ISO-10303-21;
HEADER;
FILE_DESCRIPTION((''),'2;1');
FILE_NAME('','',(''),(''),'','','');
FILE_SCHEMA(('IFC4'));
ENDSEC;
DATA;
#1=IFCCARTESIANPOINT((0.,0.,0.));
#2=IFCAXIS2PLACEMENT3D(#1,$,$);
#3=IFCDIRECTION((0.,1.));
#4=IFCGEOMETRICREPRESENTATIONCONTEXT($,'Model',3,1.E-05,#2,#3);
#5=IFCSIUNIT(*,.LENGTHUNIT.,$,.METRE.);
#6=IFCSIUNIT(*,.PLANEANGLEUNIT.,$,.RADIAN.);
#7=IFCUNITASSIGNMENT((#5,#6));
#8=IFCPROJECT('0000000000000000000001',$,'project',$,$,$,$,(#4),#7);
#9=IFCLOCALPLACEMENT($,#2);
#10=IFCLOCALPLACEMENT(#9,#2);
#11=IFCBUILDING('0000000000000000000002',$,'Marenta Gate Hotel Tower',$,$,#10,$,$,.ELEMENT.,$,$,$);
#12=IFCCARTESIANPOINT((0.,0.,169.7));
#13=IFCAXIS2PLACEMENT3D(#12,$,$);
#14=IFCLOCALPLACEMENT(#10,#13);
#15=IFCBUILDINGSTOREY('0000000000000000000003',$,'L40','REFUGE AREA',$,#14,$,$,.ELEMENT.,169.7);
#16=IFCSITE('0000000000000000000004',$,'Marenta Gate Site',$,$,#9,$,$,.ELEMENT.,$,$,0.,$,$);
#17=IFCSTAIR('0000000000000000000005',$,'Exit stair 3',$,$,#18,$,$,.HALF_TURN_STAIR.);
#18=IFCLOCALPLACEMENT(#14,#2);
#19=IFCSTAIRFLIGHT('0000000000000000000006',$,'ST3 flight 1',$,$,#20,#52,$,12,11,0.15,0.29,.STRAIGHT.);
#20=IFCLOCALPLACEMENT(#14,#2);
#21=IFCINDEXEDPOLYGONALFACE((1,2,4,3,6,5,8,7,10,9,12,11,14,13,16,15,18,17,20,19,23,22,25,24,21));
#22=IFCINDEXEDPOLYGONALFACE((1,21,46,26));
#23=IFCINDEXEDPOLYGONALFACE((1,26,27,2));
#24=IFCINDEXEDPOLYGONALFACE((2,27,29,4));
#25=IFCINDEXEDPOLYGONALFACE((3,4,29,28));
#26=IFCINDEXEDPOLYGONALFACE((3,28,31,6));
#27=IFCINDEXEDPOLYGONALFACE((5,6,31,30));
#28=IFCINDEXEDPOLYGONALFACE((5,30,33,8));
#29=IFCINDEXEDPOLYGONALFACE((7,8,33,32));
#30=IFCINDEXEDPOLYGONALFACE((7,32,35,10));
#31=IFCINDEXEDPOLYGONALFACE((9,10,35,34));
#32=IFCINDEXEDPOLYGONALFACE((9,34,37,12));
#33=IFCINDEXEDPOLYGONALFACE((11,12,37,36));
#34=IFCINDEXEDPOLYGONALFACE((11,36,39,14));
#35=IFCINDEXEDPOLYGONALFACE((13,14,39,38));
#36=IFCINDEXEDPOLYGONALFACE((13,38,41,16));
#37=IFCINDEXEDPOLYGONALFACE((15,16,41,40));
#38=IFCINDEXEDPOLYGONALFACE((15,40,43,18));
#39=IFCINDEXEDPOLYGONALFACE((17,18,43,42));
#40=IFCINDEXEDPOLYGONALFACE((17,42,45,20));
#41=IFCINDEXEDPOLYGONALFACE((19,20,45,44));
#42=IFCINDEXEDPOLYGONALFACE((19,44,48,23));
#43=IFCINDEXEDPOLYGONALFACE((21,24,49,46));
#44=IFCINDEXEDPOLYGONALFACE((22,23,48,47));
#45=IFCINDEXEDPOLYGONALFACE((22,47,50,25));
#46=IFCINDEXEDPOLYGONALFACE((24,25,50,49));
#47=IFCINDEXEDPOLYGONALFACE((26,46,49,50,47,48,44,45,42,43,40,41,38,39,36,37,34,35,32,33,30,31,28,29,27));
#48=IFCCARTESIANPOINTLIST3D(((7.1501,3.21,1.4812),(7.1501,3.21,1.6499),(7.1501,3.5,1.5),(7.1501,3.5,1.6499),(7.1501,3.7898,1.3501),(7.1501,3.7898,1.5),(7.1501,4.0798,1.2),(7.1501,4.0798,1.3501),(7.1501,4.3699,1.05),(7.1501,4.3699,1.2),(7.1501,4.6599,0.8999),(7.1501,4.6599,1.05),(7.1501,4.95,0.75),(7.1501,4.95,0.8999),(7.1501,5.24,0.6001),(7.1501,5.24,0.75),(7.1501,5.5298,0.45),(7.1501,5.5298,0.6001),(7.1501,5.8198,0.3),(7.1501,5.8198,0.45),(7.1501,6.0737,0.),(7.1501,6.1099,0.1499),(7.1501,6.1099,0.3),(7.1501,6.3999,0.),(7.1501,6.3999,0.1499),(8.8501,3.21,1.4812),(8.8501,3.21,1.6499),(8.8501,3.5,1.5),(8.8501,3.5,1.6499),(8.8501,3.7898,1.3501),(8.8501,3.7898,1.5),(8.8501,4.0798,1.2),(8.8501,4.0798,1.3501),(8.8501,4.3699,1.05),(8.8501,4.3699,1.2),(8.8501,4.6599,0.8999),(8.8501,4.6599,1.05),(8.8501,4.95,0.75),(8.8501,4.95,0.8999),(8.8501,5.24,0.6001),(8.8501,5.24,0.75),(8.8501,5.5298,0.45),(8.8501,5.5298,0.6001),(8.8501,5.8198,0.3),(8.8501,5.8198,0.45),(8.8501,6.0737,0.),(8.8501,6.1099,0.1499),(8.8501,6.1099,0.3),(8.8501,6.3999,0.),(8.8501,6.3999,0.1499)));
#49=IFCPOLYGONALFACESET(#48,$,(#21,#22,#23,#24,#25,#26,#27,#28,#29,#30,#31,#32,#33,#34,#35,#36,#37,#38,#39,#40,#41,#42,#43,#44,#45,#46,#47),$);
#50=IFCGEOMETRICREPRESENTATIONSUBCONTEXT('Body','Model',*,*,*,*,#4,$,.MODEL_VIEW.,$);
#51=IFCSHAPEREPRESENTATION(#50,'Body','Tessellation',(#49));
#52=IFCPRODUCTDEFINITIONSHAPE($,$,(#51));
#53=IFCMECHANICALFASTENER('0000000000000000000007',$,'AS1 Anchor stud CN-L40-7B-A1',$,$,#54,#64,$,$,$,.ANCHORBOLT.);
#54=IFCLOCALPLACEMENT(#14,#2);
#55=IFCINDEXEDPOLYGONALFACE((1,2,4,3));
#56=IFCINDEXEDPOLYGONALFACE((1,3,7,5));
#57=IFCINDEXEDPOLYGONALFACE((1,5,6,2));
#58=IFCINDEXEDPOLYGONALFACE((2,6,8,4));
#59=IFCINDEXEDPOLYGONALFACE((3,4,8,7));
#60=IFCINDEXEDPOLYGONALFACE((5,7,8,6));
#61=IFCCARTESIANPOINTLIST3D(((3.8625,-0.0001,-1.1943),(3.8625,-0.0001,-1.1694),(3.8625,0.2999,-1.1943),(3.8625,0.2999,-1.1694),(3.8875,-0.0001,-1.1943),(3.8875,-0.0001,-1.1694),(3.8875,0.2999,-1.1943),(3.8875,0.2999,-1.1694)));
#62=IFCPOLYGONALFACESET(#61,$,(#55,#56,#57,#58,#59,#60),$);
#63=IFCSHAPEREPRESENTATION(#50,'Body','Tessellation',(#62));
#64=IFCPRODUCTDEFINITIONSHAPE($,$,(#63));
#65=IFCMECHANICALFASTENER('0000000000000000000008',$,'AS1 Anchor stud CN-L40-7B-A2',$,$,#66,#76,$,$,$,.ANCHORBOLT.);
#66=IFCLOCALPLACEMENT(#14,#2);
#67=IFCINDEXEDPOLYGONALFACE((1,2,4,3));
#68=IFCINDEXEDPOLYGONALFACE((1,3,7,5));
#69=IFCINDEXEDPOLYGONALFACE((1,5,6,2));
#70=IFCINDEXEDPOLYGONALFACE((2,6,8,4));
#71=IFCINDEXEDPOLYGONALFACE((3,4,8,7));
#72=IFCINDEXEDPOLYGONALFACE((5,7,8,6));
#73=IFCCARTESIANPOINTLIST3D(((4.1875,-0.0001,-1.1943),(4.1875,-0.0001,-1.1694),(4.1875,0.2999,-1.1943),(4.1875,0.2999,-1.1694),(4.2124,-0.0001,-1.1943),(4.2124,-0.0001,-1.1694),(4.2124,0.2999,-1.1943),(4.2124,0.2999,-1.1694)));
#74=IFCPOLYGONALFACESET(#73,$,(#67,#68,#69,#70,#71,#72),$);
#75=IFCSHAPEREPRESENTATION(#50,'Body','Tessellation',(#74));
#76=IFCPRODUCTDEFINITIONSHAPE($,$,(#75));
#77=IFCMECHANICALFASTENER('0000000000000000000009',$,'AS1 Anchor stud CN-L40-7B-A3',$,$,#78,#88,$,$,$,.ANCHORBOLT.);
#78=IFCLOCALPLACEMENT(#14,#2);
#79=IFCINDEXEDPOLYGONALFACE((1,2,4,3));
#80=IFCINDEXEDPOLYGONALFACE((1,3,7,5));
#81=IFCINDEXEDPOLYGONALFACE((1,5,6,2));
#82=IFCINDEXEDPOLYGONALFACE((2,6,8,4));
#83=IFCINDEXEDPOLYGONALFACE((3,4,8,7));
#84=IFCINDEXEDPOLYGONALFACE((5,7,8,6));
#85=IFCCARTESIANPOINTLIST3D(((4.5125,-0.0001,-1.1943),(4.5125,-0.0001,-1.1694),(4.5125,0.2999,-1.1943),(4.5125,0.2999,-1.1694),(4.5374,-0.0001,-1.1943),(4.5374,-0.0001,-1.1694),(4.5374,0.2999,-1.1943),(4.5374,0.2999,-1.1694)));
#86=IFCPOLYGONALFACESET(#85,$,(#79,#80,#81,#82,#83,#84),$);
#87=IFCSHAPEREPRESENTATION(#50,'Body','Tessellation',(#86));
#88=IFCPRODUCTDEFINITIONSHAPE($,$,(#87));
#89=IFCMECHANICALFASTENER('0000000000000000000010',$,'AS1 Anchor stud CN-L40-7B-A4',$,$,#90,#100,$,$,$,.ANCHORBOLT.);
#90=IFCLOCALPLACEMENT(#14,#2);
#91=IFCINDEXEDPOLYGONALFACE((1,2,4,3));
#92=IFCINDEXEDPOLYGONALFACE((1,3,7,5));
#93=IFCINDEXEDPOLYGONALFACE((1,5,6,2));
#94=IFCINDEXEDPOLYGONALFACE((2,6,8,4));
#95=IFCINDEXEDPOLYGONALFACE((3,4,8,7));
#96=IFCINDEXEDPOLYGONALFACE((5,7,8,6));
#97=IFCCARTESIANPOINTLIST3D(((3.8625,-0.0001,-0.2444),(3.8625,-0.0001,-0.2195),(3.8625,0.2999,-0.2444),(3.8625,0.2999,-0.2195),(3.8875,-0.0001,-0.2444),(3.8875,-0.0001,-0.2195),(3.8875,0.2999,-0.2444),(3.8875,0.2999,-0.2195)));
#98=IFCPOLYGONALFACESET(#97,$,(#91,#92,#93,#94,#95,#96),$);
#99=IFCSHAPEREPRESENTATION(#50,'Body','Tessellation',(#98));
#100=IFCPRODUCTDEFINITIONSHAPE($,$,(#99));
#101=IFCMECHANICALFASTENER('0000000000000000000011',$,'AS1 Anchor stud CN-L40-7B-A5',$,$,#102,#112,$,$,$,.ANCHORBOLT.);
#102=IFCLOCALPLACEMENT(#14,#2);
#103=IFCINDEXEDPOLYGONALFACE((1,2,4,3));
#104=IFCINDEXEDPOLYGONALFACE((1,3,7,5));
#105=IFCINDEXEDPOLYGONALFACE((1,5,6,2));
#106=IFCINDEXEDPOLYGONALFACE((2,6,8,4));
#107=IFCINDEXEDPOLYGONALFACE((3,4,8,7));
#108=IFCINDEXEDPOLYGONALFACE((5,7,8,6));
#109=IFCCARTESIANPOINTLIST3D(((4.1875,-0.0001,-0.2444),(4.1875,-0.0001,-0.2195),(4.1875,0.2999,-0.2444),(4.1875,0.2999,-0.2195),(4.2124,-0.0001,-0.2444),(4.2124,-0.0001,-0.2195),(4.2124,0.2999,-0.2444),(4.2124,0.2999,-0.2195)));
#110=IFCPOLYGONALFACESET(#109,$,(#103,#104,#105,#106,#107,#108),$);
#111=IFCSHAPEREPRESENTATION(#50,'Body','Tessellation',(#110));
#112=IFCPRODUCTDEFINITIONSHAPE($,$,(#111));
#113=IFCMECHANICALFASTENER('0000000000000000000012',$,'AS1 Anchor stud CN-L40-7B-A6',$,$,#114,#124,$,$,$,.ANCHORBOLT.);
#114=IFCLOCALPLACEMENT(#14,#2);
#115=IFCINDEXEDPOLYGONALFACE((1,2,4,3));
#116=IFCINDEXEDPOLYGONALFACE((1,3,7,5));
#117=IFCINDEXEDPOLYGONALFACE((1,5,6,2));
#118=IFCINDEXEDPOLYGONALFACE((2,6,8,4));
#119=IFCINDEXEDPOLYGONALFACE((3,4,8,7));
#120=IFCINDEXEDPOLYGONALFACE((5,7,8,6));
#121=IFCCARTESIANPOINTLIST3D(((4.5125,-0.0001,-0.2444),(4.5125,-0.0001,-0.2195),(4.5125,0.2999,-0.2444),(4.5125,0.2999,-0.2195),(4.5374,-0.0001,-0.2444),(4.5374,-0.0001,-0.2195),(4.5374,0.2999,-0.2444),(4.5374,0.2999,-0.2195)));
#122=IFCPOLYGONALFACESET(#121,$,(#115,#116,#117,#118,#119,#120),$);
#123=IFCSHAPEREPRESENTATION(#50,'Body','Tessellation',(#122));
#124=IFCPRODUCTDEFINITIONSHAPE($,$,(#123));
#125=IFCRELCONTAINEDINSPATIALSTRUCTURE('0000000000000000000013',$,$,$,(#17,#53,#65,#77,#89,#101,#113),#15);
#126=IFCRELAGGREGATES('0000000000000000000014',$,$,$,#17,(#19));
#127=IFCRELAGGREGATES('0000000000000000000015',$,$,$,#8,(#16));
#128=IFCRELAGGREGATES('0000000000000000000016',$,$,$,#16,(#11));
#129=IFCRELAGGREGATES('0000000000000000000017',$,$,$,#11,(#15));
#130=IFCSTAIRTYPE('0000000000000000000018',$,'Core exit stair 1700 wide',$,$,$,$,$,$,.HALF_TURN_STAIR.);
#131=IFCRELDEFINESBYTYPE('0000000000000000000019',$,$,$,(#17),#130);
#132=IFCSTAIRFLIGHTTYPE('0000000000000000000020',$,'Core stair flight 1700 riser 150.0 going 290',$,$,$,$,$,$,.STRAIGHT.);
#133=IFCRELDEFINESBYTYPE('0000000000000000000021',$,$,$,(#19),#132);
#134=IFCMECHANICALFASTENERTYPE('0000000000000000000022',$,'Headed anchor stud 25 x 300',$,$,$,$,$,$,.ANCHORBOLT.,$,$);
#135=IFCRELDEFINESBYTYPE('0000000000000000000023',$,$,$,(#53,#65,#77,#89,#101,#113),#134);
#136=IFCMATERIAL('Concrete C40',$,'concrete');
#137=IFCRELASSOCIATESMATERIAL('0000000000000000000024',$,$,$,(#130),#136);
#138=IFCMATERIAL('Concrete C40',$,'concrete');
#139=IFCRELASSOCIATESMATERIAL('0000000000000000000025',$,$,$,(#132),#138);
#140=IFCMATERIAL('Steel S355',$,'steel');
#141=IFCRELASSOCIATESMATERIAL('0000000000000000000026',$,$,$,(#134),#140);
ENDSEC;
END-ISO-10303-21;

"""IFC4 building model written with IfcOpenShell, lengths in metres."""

from ifc_helpers import new_model, si_unit, direction, frame, origin, origin_2d, place, context, subcontext, project, spatial, polyline, rectangle, outline, extrude, material, type_object, element, aggregate, save


model = new_model("IFC4")

# Units and contexts
model_context = context("Model", 3, precision=1e-05, world=origin(), true_north=direction((0.0, 1.0)))
body_context = subcontext(model_context, "Body", "Model", "MODEL_VIEW")
ifc_project = project(units=[si_unit("LENGTHUNIT", "METRE"), si_unit("PLANEANGLEUNIT", "RADIAN")], contexts=[model_context])

# Site, building, storey
site_placement = place(None, origin())
site = spatial("IfcSite", under=ifc_project, at=site_placement, Name="Marenta Gate Site", CompositionType="ELEMENT", RefElevation=0.0)
building_placement = place(site_placement, origin())
building = spatial("IfcBuilding", under=site, at=building_placement, Name="Marenta Gate Hotel Tower", CompositionType="ELEMENT")
storey_placement = place(building_placement, frame((0.0, 0.0, 169.7)))
storey = spatial("IfcBuildingStorey", under=building, at=storey_placement, Name="L40", Description="REFUGE AREA", CompositionType="ELEMENT", Elevation=169.7)

# Stair
ifc_material_1 = material(Name="Concrete C40", Category="concrete")
stair_type = type_object("IfcStairType", Name="Core exit stair 1700 wide", PredefinedType="HALF_TURN_STAIR", material=ifc_material_1)
stair_1_placement = place(storey_placement, origin())
stair_1 = element("IfcStair", 1, at=stair_1_placement, inside=storey, type_object=stair_type, Name="Exit stair 3", PredefinedType="HALF_TURN_STAIR")

# Stair flight
ifc_material_2 = material(Name="Concrete C40", Category="concrete")
stair_flight_type = type_object("IfcStairFlightType", Name="Core stair flight 1700 riser 150.0 going 290", PredefinedType="STRAIGHT", material=ifc_material_2)
stair_flight_placement = place(storey_placement, frame((8.0, 6.3999, 0.0), z_axis=(0.0, 0.0, 1.0), x_axis=(0.0, -1.0, 0.0)))
stair_flight = element("IfcStairFlight", 2, at=stair_flight_placement, type_object=stair_flight_type, Name="ST3 flight 1", NumberOfRisers=12, NumberOfTreads=11, PredefinedType="STRAIGHT", RiserHeight=0.15, TreadLength=0.29, context=body_context, shape_type="SweptSolid", body=[
    extrude(outline(polyline([(0.0, 0.0), (0.0, 0.1499), (0.29, 0.1499), (0.29, 0.3), (0.5801, 0.3), (0.5801, 0.45), (0.8701, 0.45), (0.8701, 0.6001), (1.1599, 0.6001), (1.1599, 0.75), (1.45, 0.75), (1.45, 0.8999), (1.74, 0.8999), (1.74, 1.05), (2.03, 1.05), (2.03, 1.2), (2.3201, 1.2), (2.3201, 1.3501), (2.6101, 1.3501), (2.6101, 1.5), (2.8999, 1.5), (2.8999, 1.6499), (3.1899, 1.6499), (3.1899, 1.8), (3.1899, 1.4812), (0.3262, 0.0), (0.0, 0.0)])), frame((0.0, 0.8501, 0.0), z_axis=(0.0, -1.0, 0.0), x_axis=(1.0, 0.0, 0.0)), (0.0, 0.0, 1.0), 1.7),
])
aggregate(stair_1, [stair_flight])

# Mechanical fasteners
ifc_material_3 = material(Name="Steel S355", Category="steel")
mechanical_fastener_type = type_object("IfcMechanicalFastenerType", Name="Headed anchor stud 25 x 300", PredefinedType="ANCHORBOLT", material=ifc_material_3)
for number, where, z_axis, x_axis, name in (
    (3, (3.875, 0.1499, -1.1943), (0.0, 0.0, 1.0), (1.0, 0.0, 0.0), "AS1 Anchor stud CN-L40-7B-A1"),
    (4, (4.2, 0.1499, -1.1943), (0.0, 0.0, 1.0), (1.0, 0.0, 0.0), "AS1 Anchor stud CN-L40-7B-A2"),
    (5, (4.5249, 0.1499, -1.1943), (0.0, 0.0, 1.0), (1.0, 0.0, 0.0), "AS1 Anchor stud CN-L40-7B-A3"),
    (6, (3.875, 0.1499, -0.2444), (0.0, 0.0, 1.0), (1.0, 0.0, 0.0), "AS1 Anchor stud CN-L40-7B-A4"),
    (7, (4.2, 0.1499, -0.2444), (0.0, 0.0, 1.0), (1.0, 0.0, 0.0), "AS1 Anchor stud CN-L40-7B-A5"),
    (8, (4.5249, 0.1499, -0.2444), (0.0, 0.0, 1.0), (1.0, 0.0, 0.0), "AS1 Anchor stud CN-L40-7B-A6"),
):
    element("IfcMechanicalFastener", number, at=place(storey_placement, frame(where, z_axis=z_axis, x_axis=x_axis)), inside=storey, type_object=mechanical_fastener_type, Name=name, PredefinedType="ANCHORBOLT", context=body_context, shape_type="SweptSolid", body=[
        extrude(rectangle(XDim=0.0249, YDim=0.3, at=origin_2d()), origin(), (0.0, 0.0, 1.0), 0.0249),
    ])

save(model, "model.ifc")
